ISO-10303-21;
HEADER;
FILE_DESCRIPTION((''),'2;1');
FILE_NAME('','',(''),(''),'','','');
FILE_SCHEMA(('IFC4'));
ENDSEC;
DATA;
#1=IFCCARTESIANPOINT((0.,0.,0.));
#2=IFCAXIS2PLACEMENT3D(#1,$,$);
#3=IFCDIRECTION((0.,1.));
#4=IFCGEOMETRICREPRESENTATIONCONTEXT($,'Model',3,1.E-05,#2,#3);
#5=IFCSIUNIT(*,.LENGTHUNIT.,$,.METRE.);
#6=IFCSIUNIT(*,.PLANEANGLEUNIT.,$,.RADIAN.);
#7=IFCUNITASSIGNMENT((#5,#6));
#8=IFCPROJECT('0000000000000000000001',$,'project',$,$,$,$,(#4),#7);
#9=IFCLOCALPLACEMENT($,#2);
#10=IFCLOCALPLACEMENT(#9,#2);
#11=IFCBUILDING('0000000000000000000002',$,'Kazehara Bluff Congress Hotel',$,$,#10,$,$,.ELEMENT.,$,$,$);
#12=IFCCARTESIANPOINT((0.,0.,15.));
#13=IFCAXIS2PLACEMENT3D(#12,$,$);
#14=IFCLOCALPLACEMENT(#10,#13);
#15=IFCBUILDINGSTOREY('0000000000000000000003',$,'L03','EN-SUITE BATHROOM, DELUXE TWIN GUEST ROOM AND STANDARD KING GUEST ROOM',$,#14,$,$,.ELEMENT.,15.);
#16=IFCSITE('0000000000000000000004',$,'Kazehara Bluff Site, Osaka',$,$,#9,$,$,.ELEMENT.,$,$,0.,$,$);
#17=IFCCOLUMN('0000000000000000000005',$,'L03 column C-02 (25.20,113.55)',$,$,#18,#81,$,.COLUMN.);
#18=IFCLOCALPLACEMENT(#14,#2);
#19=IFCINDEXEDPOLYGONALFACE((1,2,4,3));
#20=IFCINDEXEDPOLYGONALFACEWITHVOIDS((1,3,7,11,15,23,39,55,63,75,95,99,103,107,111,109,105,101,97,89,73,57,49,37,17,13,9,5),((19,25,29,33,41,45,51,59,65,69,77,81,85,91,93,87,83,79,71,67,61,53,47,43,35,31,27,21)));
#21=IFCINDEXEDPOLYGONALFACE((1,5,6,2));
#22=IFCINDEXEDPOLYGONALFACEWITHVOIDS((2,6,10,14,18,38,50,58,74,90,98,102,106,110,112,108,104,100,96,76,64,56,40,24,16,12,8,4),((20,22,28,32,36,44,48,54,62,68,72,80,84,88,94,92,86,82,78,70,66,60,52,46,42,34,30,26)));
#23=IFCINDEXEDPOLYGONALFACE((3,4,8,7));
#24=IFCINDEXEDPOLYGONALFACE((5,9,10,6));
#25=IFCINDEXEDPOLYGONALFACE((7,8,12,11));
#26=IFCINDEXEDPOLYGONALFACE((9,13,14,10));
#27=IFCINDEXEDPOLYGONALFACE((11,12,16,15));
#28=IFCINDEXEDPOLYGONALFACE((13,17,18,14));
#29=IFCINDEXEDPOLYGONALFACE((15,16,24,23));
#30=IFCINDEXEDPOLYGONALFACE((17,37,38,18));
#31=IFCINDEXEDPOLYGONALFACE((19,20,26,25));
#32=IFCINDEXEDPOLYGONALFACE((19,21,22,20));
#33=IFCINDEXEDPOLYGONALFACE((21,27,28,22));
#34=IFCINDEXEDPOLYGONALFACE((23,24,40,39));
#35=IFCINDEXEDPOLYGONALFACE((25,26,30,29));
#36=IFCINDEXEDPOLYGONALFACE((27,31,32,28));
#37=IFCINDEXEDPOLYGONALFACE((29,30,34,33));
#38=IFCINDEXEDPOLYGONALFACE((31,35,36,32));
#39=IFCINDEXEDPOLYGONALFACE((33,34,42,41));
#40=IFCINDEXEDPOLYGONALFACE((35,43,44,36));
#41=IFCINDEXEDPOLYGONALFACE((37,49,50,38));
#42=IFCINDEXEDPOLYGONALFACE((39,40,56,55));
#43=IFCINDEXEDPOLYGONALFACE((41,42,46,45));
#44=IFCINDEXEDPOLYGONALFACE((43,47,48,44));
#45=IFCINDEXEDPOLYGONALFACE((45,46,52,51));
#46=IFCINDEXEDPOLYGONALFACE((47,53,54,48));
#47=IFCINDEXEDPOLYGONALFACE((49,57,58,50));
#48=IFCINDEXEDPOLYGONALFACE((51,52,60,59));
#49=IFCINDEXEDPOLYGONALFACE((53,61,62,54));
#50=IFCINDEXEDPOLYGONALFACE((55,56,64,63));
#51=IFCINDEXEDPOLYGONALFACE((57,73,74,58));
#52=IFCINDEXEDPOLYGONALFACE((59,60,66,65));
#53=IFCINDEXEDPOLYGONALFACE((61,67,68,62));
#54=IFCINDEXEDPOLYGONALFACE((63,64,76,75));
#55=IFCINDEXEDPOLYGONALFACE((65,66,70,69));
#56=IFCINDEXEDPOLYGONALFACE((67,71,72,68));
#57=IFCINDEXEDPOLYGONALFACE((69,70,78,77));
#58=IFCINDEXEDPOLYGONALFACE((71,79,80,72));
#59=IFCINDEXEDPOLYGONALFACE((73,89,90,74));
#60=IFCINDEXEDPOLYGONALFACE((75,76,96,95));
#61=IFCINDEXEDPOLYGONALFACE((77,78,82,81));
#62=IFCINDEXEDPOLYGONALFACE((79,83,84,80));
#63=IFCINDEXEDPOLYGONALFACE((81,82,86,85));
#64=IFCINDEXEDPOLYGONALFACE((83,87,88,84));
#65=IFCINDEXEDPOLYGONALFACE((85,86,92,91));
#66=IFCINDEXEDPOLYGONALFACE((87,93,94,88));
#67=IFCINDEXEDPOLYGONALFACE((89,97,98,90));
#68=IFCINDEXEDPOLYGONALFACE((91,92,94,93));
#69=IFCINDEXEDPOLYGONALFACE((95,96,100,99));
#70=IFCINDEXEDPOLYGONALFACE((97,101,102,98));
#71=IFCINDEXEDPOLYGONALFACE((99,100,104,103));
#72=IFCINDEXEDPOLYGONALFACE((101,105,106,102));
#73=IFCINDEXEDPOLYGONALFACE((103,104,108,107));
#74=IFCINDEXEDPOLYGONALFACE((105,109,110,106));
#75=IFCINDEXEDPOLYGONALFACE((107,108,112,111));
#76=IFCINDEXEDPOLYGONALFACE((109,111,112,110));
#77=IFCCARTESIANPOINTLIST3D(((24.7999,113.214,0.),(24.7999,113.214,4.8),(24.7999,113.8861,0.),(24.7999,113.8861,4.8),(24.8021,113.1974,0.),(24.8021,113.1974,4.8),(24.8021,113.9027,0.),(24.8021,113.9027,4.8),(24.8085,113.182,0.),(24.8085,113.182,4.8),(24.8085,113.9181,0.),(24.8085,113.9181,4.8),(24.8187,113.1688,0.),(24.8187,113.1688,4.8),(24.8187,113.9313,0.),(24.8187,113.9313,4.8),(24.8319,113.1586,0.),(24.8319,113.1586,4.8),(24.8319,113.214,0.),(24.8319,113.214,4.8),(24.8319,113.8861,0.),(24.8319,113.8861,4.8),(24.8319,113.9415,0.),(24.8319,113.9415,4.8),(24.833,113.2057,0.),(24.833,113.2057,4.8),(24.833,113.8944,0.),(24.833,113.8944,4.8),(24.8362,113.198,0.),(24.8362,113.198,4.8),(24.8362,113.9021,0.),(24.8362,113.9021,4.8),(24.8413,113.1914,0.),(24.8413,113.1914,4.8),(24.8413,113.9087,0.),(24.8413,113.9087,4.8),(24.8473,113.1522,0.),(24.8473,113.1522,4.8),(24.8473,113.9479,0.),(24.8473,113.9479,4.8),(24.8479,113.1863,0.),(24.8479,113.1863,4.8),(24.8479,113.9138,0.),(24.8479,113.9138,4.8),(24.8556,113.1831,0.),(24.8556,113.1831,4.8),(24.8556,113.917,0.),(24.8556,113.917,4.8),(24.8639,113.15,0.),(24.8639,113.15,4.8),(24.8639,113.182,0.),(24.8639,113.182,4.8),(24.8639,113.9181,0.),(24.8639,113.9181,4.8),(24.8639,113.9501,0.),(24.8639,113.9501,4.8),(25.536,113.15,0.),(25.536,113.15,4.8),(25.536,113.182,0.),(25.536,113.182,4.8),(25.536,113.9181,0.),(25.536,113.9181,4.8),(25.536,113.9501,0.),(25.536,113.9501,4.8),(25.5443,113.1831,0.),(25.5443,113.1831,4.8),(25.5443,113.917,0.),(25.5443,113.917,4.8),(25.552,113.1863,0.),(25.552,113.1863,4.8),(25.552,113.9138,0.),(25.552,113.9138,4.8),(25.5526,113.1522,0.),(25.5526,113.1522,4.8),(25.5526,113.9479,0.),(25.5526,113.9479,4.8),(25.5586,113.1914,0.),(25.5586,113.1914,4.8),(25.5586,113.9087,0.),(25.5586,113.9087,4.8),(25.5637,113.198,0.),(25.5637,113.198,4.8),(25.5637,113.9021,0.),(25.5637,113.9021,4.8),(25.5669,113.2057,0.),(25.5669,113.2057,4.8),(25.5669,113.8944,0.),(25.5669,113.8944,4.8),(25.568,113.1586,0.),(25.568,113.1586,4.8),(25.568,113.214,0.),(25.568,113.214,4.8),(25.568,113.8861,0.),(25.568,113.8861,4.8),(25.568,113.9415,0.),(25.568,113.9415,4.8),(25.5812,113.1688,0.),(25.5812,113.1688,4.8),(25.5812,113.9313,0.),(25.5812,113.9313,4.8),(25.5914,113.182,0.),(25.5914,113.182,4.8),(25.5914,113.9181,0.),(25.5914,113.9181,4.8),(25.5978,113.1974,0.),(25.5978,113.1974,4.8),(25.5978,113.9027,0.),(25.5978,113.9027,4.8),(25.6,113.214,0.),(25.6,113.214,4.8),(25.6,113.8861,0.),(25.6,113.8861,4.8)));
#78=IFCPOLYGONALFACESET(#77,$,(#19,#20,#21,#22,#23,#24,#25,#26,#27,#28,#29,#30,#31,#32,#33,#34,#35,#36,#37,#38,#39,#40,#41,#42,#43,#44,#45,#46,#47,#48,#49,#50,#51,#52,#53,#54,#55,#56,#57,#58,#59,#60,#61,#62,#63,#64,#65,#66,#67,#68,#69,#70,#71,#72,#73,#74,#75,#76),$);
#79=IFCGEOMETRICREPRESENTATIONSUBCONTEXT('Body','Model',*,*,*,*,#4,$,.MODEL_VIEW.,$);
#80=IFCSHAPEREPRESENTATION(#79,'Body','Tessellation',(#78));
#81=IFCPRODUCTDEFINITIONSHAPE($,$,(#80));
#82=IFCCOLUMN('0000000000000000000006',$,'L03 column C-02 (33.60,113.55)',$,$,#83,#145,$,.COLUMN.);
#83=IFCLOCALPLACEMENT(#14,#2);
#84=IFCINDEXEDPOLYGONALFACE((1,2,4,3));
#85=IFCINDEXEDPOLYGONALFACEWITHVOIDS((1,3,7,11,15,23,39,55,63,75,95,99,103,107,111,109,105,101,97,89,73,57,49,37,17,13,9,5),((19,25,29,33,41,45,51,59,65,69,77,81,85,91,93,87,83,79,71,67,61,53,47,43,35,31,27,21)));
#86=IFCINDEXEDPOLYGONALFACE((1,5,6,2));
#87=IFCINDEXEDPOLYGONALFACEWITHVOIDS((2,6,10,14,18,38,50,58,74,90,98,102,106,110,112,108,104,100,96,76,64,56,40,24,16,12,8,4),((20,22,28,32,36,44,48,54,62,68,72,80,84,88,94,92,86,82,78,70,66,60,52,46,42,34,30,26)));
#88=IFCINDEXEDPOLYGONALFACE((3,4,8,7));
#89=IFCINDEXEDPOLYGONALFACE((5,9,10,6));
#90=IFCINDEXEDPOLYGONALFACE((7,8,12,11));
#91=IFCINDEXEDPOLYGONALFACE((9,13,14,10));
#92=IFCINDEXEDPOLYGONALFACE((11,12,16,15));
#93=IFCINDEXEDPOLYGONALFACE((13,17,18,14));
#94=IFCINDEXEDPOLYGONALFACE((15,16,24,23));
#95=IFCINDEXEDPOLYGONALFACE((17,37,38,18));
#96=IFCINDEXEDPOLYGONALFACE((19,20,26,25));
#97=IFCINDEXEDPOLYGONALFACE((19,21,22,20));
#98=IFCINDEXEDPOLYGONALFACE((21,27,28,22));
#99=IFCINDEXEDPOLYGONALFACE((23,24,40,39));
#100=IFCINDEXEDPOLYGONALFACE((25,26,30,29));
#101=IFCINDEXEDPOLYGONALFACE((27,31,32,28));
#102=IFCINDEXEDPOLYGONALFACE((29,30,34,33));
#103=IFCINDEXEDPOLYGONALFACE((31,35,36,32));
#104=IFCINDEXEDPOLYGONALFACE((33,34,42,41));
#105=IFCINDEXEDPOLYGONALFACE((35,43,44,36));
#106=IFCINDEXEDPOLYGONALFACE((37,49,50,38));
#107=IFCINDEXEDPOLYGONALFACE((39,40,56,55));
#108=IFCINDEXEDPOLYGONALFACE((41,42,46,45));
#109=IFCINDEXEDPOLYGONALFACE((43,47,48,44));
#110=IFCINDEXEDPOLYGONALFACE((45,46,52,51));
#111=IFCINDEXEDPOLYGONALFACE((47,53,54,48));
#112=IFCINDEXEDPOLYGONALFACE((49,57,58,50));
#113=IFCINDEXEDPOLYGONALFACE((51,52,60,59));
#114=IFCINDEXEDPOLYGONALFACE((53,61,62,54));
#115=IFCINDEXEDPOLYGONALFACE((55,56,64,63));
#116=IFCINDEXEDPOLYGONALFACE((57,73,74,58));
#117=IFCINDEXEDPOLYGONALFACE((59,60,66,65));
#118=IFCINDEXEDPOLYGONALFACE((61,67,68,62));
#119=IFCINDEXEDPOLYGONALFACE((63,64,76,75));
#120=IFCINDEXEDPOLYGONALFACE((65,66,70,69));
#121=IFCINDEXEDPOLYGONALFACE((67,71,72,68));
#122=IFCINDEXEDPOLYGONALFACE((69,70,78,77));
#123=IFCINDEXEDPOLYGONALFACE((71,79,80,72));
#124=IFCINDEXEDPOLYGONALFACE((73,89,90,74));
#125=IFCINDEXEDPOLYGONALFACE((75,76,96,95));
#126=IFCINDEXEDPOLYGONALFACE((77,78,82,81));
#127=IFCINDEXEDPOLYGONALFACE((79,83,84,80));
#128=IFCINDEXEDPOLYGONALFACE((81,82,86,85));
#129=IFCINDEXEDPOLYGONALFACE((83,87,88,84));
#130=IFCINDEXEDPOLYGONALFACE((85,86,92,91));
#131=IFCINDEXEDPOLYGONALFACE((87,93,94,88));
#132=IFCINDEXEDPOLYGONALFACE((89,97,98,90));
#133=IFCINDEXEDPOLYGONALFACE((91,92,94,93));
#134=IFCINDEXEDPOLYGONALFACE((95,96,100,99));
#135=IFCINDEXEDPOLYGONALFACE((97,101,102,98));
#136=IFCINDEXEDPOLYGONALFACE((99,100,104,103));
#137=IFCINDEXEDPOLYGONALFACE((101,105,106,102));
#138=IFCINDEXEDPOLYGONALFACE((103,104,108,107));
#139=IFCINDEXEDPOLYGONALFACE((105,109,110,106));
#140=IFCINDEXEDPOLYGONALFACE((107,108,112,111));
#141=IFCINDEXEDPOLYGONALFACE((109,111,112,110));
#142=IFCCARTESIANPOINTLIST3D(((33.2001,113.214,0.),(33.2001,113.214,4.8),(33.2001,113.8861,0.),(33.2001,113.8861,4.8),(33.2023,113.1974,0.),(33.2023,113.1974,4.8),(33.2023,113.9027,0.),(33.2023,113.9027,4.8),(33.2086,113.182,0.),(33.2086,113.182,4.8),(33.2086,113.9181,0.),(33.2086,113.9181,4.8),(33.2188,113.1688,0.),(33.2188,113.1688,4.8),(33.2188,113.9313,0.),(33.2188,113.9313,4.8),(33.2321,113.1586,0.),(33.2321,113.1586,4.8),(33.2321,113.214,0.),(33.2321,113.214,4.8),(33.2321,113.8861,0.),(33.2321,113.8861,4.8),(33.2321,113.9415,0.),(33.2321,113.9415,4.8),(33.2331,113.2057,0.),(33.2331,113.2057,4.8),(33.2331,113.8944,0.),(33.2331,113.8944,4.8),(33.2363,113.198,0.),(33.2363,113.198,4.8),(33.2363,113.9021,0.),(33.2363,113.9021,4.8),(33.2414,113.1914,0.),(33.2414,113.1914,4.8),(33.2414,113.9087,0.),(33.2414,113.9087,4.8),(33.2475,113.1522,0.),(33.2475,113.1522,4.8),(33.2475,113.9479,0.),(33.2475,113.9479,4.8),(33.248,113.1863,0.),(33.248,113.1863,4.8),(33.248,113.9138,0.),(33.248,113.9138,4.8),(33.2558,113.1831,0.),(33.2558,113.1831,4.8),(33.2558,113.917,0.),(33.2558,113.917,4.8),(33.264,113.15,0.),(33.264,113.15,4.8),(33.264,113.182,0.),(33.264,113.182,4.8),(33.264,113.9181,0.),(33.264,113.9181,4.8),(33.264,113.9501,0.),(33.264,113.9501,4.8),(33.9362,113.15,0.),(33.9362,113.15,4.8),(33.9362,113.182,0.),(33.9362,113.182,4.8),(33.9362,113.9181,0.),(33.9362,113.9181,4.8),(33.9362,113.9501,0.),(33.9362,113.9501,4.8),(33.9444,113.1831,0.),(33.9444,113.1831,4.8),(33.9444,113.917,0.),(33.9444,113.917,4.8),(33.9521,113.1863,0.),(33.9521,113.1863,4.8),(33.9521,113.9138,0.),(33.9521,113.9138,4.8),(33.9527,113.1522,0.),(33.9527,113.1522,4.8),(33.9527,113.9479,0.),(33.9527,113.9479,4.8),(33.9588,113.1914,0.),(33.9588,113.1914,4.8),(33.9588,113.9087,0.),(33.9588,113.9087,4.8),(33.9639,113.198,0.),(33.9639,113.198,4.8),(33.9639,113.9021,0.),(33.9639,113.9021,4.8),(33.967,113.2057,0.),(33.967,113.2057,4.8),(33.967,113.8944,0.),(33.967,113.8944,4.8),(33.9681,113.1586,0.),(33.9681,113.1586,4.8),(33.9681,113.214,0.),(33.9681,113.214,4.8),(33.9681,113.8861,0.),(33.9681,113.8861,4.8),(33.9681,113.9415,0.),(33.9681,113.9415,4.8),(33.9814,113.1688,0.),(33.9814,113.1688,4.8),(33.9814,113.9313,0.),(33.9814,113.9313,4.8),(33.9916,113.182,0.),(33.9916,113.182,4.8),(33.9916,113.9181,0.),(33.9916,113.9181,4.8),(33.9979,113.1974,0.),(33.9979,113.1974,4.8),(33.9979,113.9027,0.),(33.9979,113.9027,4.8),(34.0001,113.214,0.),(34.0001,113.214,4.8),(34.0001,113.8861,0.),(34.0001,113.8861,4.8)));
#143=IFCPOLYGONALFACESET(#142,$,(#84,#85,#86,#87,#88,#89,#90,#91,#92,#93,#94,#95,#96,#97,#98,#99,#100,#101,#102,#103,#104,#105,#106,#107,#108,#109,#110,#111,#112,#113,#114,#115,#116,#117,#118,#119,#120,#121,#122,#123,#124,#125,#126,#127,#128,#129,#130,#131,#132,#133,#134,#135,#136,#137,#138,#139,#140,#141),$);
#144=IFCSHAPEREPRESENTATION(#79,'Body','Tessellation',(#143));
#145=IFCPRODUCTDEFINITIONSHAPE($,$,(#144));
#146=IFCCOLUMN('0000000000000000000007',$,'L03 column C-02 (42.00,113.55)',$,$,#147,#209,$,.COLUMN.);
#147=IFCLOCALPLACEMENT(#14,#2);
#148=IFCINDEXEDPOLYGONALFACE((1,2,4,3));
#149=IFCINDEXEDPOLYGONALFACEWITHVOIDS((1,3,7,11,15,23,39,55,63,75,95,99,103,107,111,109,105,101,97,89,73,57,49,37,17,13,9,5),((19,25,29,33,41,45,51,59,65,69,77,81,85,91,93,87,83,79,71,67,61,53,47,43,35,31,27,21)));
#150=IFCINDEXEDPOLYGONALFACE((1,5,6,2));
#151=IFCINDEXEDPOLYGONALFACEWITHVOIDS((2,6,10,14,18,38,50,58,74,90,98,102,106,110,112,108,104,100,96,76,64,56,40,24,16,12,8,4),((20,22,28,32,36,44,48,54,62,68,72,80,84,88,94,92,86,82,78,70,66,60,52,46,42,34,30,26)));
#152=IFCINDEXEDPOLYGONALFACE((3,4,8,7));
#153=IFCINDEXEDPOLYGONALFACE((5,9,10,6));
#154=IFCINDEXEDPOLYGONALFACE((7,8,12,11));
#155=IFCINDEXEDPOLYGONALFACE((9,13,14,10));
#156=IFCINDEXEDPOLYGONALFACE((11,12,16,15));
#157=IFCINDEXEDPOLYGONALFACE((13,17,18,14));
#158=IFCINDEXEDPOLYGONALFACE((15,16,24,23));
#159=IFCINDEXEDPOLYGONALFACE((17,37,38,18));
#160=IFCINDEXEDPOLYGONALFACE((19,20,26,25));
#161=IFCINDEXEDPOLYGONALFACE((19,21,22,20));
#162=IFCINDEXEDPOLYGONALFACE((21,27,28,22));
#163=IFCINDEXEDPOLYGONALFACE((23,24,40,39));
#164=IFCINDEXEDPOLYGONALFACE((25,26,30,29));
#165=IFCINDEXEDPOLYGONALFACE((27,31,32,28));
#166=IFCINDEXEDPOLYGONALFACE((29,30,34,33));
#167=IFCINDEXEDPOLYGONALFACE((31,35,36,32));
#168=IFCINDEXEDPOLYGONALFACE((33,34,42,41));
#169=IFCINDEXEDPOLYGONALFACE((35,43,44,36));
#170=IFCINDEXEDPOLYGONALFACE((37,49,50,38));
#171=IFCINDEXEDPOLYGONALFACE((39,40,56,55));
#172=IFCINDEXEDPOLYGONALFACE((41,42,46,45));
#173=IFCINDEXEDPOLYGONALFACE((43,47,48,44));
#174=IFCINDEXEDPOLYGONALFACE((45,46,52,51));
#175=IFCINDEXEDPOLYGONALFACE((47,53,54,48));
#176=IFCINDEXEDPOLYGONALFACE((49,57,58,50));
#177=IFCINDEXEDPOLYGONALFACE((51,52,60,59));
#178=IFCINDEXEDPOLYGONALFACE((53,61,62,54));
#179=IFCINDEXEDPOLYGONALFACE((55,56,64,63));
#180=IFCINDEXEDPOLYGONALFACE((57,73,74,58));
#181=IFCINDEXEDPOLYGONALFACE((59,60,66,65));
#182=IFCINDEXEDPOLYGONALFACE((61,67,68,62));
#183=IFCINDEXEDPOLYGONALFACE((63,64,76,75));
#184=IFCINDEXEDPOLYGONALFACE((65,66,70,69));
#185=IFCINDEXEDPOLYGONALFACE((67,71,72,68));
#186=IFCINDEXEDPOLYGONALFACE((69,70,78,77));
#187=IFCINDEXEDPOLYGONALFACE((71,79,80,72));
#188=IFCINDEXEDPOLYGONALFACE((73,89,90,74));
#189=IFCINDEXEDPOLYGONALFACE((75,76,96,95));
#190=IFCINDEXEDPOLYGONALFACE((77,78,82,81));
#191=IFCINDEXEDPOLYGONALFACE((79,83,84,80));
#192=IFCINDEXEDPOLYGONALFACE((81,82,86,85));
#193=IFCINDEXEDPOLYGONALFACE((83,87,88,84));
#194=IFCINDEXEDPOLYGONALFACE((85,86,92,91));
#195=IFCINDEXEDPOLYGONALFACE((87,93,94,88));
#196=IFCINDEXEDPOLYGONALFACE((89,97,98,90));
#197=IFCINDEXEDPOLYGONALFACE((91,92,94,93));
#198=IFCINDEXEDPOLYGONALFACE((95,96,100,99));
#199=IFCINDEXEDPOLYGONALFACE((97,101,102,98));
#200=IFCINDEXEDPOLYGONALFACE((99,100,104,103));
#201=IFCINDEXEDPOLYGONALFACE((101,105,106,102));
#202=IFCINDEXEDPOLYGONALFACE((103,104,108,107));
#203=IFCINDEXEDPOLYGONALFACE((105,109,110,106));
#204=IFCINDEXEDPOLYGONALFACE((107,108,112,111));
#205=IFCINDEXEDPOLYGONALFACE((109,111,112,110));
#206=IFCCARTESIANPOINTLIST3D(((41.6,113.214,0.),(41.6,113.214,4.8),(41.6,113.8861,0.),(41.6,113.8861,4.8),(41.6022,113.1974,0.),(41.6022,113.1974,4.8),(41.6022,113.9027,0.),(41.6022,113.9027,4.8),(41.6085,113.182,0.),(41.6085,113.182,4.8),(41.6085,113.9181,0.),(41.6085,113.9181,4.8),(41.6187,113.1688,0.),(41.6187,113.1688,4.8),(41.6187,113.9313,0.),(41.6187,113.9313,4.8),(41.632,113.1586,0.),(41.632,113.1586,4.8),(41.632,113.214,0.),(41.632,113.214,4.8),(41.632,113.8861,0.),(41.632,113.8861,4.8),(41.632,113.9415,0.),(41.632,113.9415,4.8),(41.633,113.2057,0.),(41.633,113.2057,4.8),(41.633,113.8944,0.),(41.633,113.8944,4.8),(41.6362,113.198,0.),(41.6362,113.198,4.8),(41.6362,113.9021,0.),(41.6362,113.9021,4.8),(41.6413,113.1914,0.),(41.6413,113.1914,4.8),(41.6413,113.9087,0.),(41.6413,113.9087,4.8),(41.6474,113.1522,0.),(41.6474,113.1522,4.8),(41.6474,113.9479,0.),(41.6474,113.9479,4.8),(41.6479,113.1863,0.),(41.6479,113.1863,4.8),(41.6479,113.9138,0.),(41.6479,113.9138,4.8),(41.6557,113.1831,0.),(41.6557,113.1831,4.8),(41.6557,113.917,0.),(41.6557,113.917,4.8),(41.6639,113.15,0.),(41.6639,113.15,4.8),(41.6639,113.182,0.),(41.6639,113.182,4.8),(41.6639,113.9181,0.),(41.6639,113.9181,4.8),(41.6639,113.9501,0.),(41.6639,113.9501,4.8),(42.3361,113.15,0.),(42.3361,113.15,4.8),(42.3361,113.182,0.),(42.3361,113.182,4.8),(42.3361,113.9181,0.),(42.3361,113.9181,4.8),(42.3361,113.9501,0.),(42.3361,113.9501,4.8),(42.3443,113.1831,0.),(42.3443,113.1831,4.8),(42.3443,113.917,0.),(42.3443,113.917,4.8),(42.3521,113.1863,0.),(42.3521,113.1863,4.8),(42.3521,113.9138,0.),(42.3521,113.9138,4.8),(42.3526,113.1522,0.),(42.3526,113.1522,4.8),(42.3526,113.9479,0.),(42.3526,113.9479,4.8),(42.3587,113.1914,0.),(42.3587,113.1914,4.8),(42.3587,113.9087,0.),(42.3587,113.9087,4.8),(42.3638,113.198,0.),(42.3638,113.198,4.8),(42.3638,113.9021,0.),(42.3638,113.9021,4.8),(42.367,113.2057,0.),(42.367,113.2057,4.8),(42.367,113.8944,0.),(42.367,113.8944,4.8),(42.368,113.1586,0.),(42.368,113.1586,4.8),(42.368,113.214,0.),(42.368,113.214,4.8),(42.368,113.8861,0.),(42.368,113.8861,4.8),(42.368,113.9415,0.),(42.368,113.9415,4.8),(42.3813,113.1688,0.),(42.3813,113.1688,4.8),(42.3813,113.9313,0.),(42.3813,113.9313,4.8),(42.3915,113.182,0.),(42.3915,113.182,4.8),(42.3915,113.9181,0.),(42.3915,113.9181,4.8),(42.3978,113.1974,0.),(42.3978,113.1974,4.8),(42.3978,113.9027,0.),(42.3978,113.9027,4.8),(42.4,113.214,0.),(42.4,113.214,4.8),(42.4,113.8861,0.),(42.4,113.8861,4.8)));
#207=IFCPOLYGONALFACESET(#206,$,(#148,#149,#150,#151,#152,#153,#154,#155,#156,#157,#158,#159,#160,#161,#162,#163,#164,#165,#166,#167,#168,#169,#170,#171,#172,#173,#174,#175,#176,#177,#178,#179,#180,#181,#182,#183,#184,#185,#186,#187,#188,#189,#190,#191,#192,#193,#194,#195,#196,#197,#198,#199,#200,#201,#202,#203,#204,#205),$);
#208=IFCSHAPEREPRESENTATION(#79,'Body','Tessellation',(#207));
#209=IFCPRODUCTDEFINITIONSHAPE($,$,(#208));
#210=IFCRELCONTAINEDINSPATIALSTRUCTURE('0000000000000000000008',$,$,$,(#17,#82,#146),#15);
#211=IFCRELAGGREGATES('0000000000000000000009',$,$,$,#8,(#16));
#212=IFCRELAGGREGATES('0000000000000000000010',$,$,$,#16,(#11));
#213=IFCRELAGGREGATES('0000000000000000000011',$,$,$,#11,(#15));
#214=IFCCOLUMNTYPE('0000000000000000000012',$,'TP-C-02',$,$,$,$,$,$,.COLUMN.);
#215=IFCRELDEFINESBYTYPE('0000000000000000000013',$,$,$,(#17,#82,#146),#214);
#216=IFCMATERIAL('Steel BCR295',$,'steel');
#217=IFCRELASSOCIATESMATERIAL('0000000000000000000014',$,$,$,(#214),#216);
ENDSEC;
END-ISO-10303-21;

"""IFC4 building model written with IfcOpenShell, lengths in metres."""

from ifc_helpers import new_model, si_unit, direction, frame, origin, origin_2d, place, context, subcontext, project, spatial, hollow_rectangle, extrude, material, material_profile, profile_set, type_object, element, save


model = new_model("IFC4")

# Units and contexts
model_context = context("Model", 3, precision=1e-05, world=origin(), true_north=direction((0.0, 1.0)))
body_context = subcontext(model_context, "Body", "Model", "MODEL_VIEW")
ifc_project = project(units=[si_unit("LENGTHUNIT", "METRE"), si_unit("PLANEANGLEUNIT", "RADIAN")], contexts=[model_context])

# Site, building, storey
site_placement = place(None, origin())
site = spatial("IfcSite", under=ifc_project, at=site_placement, Name="Kazehara Bluff Site, Osaka", CompositionType="ELEMENT", RefElevation=0.0)
building_placement = place(site_placement, origin())
building = spatial("IfcBuilding", under=site, at=building_placement, Name="Kazehara Bluff Congress Hotel", CompositionType="ELEMENT")
storey_placement = place(building_placement, frame((0.0, 0.0, 15.0)))
storey = spatial("IfcBuildingStorey", under=building, at=storey_placement, Name="L03", Description="EN-SUITE BATHROOM, DELUXE TWIN GUEST ROOM AND STANDARD KING GUEST ROOM", CompositionType="ELEMENT", Elevation=15.0)

# Columns
ifc_material_1 = material(Name="Steel BCR295", Category="steel")
ifc_material_profile_1 = material_profile(ifc_material_1, hollow_rectangle(XDim=0.8, YDim=0.8, WallThickness=0.032, InnerFilletRadius=0.032, OuterFilletRadius=0.064, at=origin_2d()))
ifc_profile_set_1 = profile_set([ifc_material_profile_1], Name="Steel BCR295")
column_type = type_object("IfcColumnType", Name="TP-C-02", PredefinedType="COLUMN", material=ifc_profile_set_1)
for number, where, z_axis, x_axis, name in (
    (1, (25.2, 113.55, 0.0), (0.0, 0.0, 1.0), (1.0, 0.0, 0.0), "L03 column C-02 (25.20,113.55)"),
    (2, (33.6001, 113.55, 0.0), (0.0, 0.0, 1.0), (1.0, 0.0, 0.0), "L03 column C-02 (33.60,113.55)"),
    (3, (42.0, 113.55, 0.0), (0.0, 0.0, 1.0), (1.0, 0.0, 0.0), "L03 column C-02 (42.00,113.55)"),
):
    element("IfcColumn", number, at=place(storey_placement, frame(where, z_axis=z_axis, x_axis=x_axis)), inside=storey, type_object=column_type, Name=name, PredefinedType="COLUMN", context=body_context, shape_type="SweptSolid", body=[
        extrude(hollow_rectangle(XDim=0.8, YDim=0.8, WallThickness=0.032, InnerFilletRadius=0.032, OuterFilletRadius=0.064, at=origin_2d()), origin(), (0.0, 0.0, 1.0), 4.8),
    ])

save(model, "model.ifc")
